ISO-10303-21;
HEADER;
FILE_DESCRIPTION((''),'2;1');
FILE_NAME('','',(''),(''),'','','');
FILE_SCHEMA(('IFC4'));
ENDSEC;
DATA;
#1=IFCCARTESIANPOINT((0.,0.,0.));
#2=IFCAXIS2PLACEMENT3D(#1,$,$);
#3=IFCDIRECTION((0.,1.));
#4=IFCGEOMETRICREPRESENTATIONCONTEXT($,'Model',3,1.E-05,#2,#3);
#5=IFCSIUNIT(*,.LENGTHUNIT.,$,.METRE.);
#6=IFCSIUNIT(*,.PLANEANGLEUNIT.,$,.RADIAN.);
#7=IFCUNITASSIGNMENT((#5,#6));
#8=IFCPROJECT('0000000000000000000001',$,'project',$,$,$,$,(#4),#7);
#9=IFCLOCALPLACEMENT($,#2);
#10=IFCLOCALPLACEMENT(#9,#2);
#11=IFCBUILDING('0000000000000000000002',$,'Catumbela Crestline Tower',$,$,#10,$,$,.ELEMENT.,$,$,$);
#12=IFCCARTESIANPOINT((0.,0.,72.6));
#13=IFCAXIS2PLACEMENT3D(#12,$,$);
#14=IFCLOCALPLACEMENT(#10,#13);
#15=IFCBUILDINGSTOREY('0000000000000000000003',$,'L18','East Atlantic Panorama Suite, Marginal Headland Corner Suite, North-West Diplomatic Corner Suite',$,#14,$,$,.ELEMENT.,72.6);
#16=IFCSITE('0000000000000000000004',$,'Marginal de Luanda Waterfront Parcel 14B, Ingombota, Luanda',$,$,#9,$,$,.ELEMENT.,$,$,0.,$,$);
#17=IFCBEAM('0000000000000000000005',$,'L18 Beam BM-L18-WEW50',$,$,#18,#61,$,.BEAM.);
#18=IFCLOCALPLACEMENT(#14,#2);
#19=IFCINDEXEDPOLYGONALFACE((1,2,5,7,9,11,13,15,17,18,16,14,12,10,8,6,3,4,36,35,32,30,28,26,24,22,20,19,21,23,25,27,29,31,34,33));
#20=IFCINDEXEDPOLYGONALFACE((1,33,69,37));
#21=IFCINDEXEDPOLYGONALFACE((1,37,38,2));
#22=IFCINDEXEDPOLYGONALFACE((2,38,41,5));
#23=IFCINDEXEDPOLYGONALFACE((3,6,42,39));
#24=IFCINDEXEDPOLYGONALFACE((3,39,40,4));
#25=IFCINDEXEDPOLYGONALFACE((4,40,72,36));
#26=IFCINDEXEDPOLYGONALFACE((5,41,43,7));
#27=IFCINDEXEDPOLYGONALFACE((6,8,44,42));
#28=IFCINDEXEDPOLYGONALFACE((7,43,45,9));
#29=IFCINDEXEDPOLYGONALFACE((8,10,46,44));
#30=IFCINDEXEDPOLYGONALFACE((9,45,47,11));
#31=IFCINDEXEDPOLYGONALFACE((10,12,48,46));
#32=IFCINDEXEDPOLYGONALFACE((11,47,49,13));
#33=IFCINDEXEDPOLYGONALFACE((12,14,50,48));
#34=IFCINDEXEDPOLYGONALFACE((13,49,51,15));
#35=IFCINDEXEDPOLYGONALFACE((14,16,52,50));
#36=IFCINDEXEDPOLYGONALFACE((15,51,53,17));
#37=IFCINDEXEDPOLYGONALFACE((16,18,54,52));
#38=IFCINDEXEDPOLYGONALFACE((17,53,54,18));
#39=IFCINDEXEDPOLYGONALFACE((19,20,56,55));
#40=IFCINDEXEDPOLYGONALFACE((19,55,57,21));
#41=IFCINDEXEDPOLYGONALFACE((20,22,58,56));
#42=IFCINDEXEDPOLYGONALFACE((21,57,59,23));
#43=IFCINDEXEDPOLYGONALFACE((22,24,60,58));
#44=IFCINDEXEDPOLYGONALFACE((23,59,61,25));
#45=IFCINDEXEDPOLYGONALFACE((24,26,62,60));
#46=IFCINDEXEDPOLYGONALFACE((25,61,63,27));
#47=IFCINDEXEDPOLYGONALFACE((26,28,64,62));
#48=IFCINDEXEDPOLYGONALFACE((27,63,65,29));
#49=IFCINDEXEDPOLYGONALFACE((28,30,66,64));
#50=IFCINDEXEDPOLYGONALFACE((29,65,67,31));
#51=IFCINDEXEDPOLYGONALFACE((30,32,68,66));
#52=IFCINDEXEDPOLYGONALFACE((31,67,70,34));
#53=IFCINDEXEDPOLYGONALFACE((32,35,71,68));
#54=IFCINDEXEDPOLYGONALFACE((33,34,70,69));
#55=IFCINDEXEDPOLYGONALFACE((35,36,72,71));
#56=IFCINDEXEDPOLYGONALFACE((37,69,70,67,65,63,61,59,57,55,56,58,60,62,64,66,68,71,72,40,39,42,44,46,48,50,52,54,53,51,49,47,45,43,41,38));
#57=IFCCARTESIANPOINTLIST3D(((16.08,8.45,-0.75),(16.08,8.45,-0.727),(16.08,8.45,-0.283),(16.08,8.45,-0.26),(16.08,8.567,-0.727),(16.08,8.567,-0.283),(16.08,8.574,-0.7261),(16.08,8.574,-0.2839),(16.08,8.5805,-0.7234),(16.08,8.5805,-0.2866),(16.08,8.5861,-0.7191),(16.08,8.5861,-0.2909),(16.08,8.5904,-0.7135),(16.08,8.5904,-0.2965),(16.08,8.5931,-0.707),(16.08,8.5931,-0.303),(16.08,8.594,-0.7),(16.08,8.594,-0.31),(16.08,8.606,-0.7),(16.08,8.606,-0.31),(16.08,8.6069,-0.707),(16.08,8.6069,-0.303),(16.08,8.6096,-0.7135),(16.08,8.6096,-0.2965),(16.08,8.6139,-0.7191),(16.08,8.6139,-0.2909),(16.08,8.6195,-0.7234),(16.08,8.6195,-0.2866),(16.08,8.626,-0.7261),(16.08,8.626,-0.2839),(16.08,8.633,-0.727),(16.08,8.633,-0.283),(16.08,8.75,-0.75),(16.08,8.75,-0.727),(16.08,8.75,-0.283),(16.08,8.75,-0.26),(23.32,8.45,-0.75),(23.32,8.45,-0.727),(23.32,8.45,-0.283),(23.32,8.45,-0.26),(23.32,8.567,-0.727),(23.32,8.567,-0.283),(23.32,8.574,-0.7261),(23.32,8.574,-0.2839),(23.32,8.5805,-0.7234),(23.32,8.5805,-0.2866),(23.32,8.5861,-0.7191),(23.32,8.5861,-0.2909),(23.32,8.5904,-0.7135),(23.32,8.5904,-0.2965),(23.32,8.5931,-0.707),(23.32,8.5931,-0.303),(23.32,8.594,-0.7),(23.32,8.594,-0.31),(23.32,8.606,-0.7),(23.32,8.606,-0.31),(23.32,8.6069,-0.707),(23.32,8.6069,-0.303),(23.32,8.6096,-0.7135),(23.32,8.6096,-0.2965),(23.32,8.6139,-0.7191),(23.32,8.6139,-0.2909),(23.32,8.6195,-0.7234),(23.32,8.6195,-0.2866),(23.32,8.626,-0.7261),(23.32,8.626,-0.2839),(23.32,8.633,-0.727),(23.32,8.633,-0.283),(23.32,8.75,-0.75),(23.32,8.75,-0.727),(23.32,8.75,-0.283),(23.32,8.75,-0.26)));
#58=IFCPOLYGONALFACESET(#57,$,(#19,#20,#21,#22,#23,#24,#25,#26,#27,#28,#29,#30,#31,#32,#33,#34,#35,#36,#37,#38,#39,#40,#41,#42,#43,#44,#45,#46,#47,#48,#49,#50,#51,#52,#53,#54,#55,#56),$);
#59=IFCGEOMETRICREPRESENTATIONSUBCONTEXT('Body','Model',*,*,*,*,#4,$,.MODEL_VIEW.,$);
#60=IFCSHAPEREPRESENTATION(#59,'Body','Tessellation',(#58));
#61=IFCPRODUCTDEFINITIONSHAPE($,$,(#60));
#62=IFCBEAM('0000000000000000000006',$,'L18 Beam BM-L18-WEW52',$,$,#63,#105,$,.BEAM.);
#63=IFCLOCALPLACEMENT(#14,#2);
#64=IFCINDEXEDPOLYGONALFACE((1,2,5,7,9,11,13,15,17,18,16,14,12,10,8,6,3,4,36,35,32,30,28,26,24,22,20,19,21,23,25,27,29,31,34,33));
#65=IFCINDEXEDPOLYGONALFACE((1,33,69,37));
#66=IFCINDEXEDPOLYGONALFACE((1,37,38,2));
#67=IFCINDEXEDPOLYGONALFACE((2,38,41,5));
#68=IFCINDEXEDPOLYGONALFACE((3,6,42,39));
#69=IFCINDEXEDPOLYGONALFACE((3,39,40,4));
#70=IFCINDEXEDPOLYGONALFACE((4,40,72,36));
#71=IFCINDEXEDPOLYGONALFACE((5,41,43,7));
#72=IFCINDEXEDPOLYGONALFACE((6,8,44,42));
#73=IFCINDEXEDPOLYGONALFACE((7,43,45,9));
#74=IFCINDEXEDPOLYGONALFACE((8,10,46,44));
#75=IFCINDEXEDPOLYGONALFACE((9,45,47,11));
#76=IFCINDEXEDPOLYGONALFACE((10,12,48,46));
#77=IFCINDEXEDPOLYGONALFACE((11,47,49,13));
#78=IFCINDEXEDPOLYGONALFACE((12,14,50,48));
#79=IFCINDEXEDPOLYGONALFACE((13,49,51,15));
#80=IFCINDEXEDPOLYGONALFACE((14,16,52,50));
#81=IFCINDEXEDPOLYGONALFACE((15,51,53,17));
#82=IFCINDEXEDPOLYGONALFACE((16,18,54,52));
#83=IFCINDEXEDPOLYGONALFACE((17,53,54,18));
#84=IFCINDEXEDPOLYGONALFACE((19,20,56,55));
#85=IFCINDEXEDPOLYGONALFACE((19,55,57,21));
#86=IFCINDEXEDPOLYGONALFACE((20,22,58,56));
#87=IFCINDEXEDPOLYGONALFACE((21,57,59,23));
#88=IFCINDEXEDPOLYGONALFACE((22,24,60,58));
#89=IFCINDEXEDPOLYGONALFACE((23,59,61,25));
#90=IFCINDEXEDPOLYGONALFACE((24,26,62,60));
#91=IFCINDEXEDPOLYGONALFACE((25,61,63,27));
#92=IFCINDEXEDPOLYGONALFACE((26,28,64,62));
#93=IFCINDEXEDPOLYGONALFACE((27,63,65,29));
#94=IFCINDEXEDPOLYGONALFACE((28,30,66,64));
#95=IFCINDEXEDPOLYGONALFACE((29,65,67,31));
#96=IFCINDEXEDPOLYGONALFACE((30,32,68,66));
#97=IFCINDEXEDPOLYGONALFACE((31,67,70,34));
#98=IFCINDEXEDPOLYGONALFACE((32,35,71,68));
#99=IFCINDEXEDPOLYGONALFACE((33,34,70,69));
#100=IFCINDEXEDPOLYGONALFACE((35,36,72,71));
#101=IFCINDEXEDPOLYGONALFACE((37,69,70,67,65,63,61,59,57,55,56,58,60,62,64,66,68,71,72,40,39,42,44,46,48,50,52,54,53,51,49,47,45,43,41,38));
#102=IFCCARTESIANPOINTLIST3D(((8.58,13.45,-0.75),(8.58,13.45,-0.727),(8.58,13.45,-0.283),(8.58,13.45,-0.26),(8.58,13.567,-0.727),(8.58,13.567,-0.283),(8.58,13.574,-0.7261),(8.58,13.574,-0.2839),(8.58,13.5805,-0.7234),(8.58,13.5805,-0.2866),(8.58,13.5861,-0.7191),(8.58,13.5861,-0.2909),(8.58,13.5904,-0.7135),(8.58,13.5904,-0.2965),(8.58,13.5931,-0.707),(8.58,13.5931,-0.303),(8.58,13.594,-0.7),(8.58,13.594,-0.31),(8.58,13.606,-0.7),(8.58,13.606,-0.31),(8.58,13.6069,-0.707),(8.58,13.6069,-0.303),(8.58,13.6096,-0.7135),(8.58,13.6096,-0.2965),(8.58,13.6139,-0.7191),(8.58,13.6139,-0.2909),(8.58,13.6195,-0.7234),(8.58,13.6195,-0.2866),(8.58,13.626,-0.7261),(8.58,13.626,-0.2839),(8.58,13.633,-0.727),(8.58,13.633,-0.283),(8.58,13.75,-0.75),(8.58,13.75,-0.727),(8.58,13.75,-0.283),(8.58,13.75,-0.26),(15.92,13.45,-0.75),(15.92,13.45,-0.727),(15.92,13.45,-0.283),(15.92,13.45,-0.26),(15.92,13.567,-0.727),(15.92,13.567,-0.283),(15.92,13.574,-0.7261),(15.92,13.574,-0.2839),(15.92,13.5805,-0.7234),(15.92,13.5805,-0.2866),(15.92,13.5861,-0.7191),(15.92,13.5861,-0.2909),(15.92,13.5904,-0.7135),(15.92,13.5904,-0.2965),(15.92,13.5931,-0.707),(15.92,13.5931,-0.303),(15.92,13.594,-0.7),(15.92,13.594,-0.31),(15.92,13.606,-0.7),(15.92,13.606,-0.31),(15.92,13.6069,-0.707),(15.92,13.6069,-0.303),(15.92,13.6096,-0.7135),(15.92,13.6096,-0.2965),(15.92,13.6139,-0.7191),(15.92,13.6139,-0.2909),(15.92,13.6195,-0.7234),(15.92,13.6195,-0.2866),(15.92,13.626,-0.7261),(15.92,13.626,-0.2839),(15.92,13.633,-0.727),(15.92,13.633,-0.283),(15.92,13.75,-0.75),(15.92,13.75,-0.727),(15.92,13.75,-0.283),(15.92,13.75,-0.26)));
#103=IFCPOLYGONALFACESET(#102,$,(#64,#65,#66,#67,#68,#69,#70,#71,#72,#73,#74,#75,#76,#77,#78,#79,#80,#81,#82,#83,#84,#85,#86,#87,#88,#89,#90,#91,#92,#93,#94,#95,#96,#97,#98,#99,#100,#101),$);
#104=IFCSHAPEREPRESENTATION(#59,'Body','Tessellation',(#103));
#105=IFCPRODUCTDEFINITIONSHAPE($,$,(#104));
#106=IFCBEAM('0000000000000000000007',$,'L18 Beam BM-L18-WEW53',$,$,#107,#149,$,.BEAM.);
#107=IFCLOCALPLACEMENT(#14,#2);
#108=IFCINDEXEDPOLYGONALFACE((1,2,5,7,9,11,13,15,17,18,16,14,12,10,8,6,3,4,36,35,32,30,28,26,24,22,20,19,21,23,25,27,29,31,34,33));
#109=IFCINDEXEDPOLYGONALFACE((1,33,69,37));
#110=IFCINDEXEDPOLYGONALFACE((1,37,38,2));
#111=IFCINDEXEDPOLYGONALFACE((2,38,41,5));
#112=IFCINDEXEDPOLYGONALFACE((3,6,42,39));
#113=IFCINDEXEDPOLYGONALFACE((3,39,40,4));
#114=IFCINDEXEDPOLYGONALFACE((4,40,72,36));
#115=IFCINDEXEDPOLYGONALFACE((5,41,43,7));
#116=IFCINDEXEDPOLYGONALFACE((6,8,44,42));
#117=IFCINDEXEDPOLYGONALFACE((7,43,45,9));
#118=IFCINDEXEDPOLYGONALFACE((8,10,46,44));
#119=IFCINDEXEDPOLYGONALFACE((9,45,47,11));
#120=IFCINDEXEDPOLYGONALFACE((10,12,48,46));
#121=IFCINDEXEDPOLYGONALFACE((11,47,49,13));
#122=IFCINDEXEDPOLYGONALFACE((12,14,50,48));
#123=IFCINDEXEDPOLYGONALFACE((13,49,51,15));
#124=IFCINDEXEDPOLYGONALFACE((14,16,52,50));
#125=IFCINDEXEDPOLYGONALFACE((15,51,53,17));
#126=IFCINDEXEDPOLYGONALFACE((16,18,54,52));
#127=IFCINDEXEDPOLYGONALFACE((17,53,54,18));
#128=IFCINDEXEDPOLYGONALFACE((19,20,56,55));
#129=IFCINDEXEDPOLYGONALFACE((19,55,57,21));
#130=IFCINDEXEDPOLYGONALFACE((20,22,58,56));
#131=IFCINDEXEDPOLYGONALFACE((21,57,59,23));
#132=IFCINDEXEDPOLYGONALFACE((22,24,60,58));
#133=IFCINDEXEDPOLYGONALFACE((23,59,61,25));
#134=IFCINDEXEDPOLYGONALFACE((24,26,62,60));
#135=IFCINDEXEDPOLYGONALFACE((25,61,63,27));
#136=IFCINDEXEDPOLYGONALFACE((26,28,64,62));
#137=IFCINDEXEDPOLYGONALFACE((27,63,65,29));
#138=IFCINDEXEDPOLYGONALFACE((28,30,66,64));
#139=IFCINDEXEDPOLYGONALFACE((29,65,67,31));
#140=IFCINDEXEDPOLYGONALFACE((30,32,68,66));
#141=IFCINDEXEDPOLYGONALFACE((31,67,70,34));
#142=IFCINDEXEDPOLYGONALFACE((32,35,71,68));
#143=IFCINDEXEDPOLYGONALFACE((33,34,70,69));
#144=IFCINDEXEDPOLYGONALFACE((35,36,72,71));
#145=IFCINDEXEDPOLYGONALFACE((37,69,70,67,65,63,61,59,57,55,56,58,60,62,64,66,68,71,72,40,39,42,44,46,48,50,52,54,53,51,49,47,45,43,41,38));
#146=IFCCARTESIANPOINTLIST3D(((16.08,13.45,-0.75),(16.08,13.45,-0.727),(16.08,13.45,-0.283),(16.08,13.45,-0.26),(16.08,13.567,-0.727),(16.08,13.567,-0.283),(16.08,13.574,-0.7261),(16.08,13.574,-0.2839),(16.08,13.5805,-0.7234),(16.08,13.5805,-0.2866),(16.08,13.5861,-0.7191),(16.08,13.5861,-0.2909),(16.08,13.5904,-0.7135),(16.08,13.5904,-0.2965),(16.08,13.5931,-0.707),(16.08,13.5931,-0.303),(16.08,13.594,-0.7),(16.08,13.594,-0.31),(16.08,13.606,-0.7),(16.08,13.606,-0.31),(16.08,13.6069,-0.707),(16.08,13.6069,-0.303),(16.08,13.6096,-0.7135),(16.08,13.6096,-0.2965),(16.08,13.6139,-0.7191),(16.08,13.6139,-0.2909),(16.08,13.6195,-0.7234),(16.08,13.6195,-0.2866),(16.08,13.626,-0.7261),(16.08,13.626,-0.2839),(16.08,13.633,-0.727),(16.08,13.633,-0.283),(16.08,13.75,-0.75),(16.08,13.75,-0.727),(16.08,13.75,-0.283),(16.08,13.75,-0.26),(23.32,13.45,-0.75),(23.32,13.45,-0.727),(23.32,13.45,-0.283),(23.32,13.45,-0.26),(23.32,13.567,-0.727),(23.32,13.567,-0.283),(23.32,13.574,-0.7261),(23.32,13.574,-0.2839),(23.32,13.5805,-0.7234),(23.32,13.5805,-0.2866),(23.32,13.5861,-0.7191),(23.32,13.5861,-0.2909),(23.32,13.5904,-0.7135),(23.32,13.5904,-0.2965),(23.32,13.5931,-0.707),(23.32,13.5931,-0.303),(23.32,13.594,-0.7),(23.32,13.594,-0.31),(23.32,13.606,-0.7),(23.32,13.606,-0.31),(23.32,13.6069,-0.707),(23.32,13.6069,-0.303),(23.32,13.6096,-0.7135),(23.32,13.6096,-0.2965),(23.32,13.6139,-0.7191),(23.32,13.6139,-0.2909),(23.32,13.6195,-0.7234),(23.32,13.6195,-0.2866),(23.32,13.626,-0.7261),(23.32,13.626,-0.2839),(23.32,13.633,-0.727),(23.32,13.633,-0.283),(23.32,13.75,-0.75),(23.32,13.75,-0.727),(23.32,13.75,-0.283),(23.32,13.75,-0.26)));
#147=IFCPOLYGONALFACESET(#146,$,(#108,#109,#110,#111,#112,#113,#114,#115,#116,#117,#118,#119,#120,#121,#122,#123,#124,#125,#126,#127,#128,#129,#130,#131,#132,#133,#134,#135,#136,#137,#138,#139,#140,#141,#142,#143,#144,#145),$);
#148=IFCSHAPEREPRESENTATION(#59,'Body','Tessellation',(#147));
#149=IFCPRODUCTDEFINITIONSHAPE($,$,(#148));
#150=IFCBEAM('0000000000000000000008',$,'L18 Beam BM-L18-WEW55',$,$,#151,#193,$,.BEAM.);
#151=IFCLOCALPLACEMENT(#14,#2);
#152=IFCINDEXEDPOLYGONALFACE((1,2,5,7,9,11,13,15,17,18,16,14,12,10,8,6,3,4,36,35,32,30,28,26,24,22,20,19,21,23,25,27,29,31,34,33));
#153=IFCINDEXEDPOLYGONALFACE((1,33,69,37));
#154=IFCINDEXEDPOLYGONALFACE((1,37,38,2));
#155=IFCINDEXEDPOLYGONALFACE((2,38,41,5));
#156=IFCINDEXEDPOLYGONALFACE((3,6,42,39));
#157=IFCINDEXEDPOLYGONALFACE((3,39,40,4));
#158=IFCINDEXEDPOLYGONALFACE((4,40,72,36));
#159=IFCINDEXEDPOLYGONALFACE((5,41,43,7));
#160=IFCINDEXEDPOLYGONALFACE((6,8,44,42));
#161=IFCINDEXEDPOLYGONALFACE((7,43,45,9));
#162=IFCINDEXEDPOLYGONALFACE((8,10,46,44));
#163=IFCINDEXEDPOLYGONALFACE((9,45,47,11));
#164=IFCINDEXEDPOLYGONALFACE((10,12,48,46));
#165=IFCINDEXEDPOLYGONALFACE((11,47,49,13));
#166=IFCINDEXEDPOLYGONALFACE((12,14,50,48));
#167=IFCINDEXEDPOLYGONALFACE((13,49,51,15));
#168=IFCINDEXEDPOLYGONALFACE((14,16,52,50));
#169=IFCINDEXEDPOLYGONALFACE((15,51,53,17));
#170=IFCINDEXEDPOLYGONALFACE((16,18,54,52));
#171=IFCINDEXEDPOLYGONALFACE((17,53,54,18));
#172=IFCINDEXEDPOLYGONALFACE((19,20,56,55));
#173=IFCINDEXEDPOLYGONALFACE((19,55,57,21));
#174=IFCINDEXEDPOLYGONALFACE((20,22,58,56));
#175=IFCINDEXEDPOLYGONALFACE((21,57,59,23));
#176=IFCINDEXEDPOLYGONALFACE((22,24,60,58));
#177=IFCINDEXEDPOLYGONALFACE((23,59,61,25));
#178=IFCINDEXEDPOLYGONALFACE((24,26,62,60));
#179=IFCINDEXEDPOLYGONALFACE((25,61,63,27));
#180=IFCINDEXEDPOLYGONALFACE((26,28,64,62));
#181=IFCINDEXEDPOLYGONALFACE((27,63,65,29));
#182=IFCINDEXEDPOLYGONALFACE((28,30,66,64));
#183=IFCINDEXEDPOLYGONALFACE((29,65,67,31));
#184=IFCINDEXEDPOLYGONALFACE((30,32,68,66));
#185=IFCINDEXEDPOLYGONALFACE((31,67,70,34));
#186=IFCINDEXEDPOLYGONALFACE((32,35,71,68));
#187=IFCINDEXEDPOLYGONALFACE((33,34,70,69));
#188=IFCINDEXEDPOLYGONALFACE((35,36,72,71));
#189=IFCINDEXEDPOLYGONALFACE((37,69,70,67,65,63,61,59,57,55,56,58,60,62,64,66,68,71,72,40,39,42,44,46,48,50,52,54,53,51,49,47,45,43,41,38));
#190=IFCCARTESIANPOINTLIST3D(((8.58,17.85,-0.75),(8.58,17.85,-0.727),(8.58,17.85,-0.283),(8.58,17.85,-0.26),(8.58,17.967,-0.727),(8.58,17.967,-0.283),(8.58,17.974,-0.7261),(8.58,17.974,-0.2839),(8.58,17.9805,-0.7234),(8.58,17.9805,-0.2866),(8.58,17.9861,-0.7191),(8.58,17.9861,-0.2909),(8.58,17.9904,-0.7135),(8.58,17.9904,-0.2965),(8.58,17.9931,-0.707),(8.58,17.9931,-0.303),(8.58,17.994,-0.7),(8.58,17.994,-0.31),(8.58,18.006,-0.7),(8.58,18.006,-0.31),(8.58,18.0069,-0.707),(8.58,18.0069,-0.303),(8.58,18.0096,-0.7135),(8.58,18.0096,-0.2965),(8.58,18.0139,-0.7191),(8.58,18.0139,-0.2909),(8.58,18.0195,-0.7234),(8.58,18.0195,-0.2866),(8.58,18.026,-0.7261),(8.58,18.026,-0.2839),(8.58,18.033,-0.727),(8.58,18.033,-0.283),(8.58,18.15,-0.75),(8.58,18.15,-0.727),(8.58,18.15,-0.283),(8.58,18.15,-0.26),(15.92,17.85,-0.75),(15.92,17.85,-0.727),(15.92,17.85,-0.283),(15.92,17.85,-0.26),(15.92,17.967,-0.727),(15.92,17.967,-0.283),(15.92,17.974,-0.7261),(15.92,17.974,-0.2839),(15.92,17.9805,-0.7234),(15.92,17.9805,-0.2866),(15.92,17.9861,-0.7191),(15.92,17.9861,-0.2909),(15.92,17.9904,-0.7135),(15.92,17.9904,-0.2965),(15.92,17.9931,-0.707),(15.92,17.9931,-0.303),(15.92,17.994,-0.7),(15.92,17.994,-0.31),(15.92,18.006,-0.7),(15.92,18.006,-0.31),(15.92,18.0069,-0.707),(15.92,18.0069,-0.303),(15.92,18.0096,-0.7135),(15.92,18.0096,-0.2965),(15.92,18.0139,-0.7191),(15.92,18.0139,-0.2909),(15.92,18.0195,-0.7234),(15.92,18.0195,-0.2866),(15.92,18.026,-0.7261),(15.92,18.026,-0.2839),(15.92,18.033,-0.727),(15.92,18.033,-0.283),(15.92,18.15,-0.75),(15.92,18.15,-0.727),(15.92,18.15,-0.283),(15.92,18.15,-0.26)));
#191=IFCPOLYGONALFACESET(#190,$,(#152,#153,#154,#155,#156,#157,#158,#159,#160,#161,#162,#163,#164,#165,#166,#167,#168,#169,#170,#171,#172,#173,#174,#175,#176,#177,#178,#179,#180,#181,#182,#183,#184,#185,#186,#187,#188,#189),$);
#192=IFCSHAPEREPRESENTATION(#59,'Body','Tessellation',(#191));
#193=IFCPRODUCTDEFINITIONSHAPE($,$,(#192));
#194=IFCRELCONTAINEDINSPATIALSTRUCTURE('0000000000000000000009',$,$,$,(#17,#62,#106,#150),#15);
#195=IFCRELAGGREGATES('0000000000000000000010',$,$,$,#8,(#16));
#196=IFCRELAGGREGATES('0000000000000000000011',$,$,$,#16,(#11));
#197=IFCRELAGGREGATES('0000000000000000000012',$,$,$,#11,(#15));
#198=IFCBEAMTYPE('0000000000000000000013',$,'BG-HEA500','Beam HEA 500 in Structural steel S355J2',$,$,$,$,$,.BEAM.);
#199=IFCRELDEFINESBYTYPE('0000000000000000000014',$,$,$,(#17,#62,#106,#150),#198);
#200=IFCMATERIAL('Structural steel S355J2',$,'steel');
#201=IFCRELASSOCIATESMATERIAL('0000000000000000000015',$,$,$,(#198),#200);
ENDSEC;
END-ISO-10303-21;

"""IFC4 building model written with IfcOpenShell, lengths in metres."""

from ifc_helpers import new_model, si_unit, direction, frame, origin, origin_2d, place, context, subcontext, project, spatial, i_section, extrude, material, material_profile, profile_set, type_object, element, save


model = new_model("IFC4")

# Units and contexts
model_context = context("Model", 3, precision=1e-05, world=origin(), true_north=direction((0.0, 1.0)))
body_context = subcontext(model_context, "Body", "Model", "MODEL_VIEW")
ifc_project = project(units=[si_unit("LENGTHUNIT", "METRE"), si_unit("PLANEANGLEUNIT", "RADIAN")], contexts=[model_context])

# Site, building, storey
site_placement = place(None, origin())
site = spatial("IfcSite", under=ifc_project, at=site_placement, Name="Marginal de Luanda Waterfront Parcel 14B, Ingombota, Luanda", CompositionType="ELEMENT", RefElevation=0.0)
building_placement = place(site_placement, origin())
building = spatial("IfcBuilding", under=site, at=building_placement, Name="Catumbela Crestline Tower", CompositionType="ELEMENT")
storey_placement = place(building_placement, frame((0.0, 0.0, 72.6)))
storey = spatial("IfcBuildingStorey", under=building, at=storey_placement, Name="L18", Description="East Atlantic Panorama Suite, Marginal Headland Corner Suite, North-West Diplomatic Corner Suite", CompositionType="ELEMENT", Elevation=72.6)

# Beams
ifc_material_1 = material(Name="Structural steel S355J2", Category="steel")
ifc_material_profile_1 = material_profile(ifc_material_1, i_section(OverallWidth=0.3, OverallDepth=0.49, WebThickness=0.012, FlangeThickness=0.023, FilletRadius=0.027, at=origin_2d()), Name="HEA 500")
ifc_profile_set_1 = profile_set([ifc_material_profile_1], Name="Structural steel S355J2")
beam_type_1 = type_object("IfcBeamType", Name="BG-HEA500", Description="Beam HEA 500 in Structural steel S355J2", PredefinedType="BEAM", material=ifc_profile_set_1)
beam_1_placement = place(storey_placement, frame((16.08, 8.6, -0.505), z_axis=(1.0, 0.0, 0.0), x_axis=(0.0, 1.0, 0.0)))
element("IfcBeam", 1, at=beam_1_placement, inside=storey, type_object=beam_type_1, Name="L18 Beam BM-L18-WEW50", PredefinedType="BEAM", context=body_context, shape_type="SweptSolid", body=[
    extrude(i_section(OverallWidth=0.3, OverallDepth=0.49, WebThickness=0.012, FlangeThickness=0.023, FilletRadius=0.027, at=origin_2d()), origin(), (0.0, 0.0, 1.0), 7.24),
])
beam_2_placement = place(storey_placement, frame((8.58, 13.6, -0.505), z_axis=(1.0, 0.0, 0.0), x_axis=(0.0, 1.0, 0.0)))
element("IfcBeam", 2, at=beam_2_placement, inside=storey, type_object=beam_type_1, Name="L18 Beam BM-L18-WEW52", PredefinedType="BEAM", context=body_context, shape_type="SweptSolid", body=[
    extrude(i_section(OverallWidth=0.3, OverallDepth=0.49, WebThickness=0.012, FlangeThickness=0.023, FilletRadius=0.027, at=origin_2d()), origin(), (0.0, 0.0, 1.0), 7.34),
])
beam_3_placement = place(storey_placement, frame((16.08, 13.6, -0.505), z_axis=(1.0, 0.0, 0.0), x_axis=(0.0, 1.0, 0.0)))
element("IfcBeam", 3, at=beam_3_placement, inside=storey, type_object=beam_type_1, Name="L18 Beam BM-L18-WEW53", PredefinedType="BEAM", context=body_context, shape_type="SweptSolid", body=[
    extrude(i_section(OverallWidth=0.3, OverallDepth=0.49, WebThickness=0.012, FlangeThickness=0.023, FilletRadius=0.027, at=origin_2d()), origin(), (0.0, 0.0, 1.0), 7.24),
])
beam_4_placement = place(storey_placement, frame((8.58, 18.0, -0.505), z_axis=(1.0, 0.0, 0.0), x_axis=(0.0, 1.0, 0.0)))
element("IfcBeam", 4, at=beam_4_placement, inside=storey, type_object=beam_type_1, Name="L18 Beam BM-L18-WEW55", PredefinedType="BEAM", context=body_context, shape_type="SweptSolid", body=[
    extrude(i_section(OverallWidth=0.3, OverallDepth=0.49, WebThickness=0.012, FlangeThickness=0.023, FilletRadius=0.027, at=origin_2d()), origin(), (0.0, 0.0, 1.0), 7.34),
])

save(model, "model.ifc")
